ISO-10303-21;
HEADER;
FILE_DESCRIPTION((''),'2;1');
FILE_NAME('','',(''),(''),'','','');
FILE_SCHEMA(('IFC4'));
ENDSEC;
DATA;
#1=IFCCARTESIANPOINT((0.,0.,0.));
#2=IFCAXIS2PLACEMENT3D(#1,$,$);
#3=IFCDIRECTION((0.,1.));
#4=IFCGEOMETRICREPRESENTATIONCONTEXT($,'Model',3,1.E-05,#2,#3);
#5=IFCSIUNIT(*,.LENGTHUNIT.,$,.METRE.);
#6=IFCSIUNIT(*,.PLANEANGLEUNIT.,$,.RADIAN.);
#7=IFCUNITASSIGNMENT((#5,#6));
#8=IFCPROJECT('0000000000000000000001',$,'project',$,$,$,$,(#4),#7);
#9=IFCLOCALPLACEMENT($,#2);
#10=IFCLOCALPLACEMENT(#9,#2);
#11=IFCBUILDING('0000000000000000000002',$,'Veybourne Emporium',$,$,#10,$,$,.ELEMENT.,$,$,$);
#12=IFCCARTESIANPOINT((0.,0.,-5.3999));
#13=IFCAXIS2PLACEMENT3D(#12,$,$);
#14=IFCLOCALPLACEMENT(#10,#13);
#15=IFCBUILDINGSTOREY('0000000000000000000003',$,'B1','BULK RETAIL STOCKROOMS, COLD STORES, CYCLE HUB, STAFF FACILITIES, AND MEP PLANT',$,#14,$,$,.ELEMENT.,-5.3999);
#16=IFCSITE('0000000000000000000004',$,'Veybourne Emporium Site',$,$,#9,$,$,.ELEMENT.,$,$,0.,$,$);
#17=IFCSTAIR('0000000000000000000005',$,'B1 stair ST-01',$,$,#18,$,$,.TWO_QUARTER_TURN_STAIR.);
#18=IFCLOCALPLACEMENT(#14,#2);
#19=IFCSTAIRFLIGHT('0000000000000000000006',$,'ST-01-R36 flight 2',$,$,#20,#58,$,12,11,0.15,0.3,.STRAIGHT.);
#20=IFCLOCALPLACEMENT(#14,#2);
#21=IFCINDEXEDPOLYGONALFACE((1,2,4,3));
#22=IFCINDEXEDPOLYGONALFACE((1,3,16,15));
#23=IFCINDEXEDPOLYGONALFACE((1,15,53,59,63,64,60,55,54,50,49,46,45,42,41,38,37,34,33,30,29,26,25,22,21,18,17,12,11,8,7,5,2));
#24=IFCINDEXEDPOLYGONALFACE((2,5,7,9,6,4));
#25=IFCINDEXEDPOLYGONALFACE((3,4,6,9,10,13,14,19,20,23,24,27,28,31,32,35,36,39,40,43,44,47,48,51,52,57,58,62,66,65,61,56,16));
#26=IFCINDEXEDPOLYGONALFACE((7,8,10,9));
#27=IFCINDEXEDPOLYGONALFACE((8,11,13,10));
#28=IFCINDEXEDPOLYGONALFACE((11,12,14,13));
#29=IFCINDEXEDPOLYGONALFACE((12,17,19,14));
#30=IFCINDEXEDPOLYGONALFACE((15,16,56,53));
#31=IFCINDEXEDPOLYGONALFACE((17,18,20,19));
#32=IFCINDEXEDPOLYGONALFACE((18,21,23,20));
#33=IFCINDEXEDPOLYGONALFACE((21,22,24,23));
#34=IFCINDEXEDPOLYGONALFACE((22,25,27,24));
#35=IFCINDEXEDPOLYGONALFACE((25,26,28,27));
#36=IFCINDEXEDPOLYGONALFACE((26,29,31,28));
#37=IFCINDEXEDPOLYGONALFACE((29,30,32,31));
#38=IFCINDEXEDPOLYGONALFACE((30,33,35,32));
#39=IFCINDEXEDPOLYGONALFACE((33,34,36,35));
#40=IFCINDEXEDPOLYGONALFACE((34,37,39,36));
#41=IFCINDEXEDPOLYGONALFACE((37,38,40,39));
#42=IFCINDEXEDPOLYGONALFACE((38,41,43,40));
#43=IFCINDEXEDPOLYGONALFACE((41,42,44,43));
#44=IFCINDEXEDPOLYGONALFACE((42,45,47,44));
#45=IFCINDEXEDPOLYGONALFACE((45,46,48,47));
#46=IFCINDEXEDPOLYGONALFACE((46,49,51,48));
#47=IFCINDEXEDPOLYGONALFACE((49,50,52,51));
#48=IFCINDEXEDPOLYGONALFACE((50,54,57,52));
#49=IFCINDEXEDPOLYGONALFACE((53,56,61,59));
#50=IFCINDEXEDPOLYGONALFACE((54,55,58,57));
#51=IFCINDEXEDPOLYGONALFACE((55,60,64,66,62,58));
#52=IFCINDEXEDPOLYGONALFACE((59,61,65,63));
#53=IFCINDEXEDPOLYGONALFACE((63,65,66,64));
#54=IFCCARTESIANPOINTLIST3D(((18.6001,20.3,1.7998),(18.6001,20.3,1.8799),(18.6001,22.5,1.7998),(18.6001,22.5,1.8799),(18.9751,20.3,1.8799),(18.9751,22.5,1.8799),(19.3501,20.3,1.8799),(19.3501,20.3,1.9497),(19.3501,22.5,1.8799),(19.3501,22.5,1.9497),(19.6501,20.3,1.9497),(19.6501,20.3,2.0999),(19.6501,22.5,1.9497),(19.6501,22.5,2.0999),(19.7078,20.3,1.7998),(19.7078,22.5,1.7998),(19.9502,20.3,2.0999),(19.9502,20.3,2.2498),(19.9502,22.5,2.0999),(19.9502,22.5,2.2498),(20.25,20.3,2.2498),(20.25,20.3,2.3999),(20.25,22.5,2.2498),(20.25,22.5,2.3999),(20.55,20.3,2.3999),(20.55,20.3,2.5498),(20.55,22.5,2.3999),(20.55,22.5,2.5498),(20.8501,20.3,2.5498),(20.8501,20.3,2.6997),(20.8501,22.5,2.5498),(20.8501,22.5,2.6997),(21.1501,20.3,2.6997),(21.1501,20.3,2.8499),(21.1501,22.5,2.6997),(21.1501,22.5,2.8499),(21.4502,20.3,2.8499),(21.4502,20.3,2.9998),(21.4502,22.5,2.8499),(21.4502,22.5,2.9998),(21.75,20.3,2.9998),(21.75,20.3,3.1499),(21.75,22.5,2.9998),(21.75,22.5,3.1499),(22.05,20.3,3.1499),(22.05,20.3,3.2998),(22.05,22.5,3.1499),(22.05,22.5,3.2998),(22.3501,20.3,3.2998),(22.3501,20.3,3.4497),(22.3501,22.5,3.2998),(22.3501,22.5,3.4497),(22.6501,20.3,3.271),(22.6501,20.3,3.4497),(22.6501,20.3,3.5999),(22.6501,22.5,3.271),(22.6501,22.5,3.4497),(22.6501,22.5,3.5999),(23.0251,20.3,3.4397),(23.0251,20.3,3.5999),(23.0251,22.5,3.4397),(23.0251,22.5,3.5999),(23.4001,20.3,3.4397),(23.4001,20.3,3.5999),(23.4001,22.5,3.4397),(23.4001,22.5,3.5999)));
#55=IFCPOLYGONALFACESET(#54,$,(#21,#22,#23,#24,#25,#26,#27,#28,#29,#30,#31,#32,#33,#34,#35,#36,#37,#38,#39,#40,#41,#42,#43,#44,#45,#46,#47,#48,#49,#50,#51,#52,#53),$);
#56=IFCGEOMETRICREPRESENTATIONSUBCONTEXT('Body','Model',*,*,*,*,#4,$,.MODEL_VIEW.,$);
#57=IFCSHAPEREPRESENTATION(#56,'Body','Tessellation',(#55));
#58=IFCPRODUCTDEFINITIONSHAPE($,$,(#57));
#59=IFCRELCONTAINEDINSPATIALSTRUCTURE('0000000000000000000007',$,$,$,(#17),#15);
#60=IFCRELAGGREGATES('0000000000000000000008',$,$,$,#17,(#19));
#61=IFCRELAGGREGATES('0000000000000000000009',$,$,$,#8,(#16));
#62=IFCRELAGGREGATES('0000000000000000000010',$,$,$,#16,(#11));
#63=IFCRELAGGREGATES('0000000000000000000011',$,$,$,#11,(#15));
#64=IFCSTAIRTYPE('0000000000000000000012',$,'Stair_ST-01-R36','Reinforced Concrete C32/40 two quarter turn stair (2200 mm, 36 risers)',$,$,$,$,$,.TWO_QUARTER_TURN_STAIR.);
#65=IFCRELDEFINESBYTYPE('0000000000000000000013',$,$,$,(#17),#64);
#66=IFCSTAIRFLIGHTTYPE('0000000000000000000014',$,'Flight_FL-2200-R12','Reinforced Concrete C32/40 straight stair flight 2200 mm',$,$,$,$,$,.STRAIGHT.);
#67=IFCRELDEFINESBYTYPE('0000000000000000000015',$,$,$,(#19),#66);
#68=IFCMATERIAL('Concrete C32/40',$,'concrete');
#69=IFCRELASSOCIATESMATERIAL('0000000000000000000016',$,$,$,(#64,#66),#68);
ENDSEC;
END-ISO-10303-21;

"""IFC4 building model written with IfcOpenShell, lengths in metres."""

from ifc_helpers import new_model, si_unit, direction, frame, origin, place, context, subcontext, project, spatial, polyline, outline, extrude, material, type_object, element, aggregate, save


model = new_model("IFC4")

# Units and contexts
model_context = context("Model", 3, precision=1e-05, world=origin(), true_north=direction((0.0, 1.0)))
body_context = subcontext(model_context, "Body", "Model", "MODEL_VIEW")
ifc_project = project(units=[si_unit("LENGTHUNIT", "METRE"), si_unit("PLANEANGLEUNIT", "RADIAN")], contexts=[model_context])

# Site, building, storey
site_placement = place(None, origin())
site = spatial("IfcSite", under=ifc_project, at=site_placement, Name="Veybourne Emporium Site", CompositionType="ELEMENT", RefElevation=0.0)
building_placement = place(site_placement, origin())
building = spatial("IfcBuilding", under=site, at=building_placement, Name="Veybourne Emporium", CompositionType="ELEMENT")
storey_placement = place(building_placement, frame((0.0, 0.0, -5.3999)))
storey = spatial("IfcBuildingStorey", under=building, at=storey_placement, Name="B1", Description="BULK RETAIL STOCKROOMS, COLD STORES, CYCLE HUB, STAFF FACILITIES, AND MEP PLANT", CompositionType="ELEMENT", Elevation=-5.3999)

# Shared definitions
ifc_material_1 = material(Name="Concrete C32/40", Category="concrete")

# Stair, stair flight
stair_type = type_object("IfcStairType", Name="Stair_ST-01-R36", Description="Reinforced Concrete C32/40 two quarter turn stair (2200 mm, 36 risers)", PredefinedType="TWO_QUARTER_TURN_STAIR", material=ifc_material_1)
stair_placement = place(storey_placement, origin())
stair = element("IfcStair", 1, at=stair_placement, inside=storey, type_object=stair_type, Name="B1 stair ST-01", PredefinedType="TWO_QUARTER_TURN_STAIR")
stair_flight_type = type_object("IfcStairFlightType", Name="Flight_FL-2200-R12", Description="Reinforced Concrete C32/40 straight stair flight 2200 mm", PredefinedType="STRAIGHT", material=ifc_material_1)
stair_flight_1_placement = place(storey_placement, frame((19.3501, 21.3999, 1.7998), z_axis=(0.0, 0.0, 1.0), x_axis=(1.0, 0.0, 0.0)))
stair_flight_1 = element("IfcStairFlight", 2, at=stair_flight_1_placement, type_object=stair_flight_type, Name="ST-01-R36 flight 2", NumberOfRisers=12, NumberOfTreads=11, PredefinedType="STRAIGHT", RiserHeight=0.15, TreadLength=0.3, context=body_context, shape_type="SweptSolid", body=[
    extrude(outline(polyline([(-0.75, 0.0), (-0.75, 0.0801), (-0.375, 0.0801), (0.0, 0.0801), (0.0, 0.1499), (0.3, 0.1499), (0.3, 0.3), (0.6001, 0.3), (0.6001, 0.45), (0.8999, 0.45), (0.8999, 0.6001), (1.2, 0.6001), (1.2, 0.75), (1.5, 0.75), (1.5, 0.8999), (1.8, 0.8999), (1.8, 1.05), (2.1001, 1.05), (2.1001, 1.2), (2.3999, 1.2), (2.3999, 1.3501), (2.7, 1.3501), (2.7, 1.5), (3.0, 1.5), (3.0, 1.6499), (3.3, 1.6499), (3.3, 1.8), (3.675, 1.8), (4.05, 1.8), (4.05, 1.6399), (3.675, 1.6399), (3.3, 1.4712), (0.3577, 0.0), (-0.75, 0.0)])), frame((0.0, 1.1001, 0.0), z_axis=(0.0, -1.0, 0.0), x_axis=(1.0, 0.0, 0.0)), (0.0, 0.0, 1.0), 2.2),
])
aggregate(stair, [stair_flight_1])

save(model, "model.ifc")
